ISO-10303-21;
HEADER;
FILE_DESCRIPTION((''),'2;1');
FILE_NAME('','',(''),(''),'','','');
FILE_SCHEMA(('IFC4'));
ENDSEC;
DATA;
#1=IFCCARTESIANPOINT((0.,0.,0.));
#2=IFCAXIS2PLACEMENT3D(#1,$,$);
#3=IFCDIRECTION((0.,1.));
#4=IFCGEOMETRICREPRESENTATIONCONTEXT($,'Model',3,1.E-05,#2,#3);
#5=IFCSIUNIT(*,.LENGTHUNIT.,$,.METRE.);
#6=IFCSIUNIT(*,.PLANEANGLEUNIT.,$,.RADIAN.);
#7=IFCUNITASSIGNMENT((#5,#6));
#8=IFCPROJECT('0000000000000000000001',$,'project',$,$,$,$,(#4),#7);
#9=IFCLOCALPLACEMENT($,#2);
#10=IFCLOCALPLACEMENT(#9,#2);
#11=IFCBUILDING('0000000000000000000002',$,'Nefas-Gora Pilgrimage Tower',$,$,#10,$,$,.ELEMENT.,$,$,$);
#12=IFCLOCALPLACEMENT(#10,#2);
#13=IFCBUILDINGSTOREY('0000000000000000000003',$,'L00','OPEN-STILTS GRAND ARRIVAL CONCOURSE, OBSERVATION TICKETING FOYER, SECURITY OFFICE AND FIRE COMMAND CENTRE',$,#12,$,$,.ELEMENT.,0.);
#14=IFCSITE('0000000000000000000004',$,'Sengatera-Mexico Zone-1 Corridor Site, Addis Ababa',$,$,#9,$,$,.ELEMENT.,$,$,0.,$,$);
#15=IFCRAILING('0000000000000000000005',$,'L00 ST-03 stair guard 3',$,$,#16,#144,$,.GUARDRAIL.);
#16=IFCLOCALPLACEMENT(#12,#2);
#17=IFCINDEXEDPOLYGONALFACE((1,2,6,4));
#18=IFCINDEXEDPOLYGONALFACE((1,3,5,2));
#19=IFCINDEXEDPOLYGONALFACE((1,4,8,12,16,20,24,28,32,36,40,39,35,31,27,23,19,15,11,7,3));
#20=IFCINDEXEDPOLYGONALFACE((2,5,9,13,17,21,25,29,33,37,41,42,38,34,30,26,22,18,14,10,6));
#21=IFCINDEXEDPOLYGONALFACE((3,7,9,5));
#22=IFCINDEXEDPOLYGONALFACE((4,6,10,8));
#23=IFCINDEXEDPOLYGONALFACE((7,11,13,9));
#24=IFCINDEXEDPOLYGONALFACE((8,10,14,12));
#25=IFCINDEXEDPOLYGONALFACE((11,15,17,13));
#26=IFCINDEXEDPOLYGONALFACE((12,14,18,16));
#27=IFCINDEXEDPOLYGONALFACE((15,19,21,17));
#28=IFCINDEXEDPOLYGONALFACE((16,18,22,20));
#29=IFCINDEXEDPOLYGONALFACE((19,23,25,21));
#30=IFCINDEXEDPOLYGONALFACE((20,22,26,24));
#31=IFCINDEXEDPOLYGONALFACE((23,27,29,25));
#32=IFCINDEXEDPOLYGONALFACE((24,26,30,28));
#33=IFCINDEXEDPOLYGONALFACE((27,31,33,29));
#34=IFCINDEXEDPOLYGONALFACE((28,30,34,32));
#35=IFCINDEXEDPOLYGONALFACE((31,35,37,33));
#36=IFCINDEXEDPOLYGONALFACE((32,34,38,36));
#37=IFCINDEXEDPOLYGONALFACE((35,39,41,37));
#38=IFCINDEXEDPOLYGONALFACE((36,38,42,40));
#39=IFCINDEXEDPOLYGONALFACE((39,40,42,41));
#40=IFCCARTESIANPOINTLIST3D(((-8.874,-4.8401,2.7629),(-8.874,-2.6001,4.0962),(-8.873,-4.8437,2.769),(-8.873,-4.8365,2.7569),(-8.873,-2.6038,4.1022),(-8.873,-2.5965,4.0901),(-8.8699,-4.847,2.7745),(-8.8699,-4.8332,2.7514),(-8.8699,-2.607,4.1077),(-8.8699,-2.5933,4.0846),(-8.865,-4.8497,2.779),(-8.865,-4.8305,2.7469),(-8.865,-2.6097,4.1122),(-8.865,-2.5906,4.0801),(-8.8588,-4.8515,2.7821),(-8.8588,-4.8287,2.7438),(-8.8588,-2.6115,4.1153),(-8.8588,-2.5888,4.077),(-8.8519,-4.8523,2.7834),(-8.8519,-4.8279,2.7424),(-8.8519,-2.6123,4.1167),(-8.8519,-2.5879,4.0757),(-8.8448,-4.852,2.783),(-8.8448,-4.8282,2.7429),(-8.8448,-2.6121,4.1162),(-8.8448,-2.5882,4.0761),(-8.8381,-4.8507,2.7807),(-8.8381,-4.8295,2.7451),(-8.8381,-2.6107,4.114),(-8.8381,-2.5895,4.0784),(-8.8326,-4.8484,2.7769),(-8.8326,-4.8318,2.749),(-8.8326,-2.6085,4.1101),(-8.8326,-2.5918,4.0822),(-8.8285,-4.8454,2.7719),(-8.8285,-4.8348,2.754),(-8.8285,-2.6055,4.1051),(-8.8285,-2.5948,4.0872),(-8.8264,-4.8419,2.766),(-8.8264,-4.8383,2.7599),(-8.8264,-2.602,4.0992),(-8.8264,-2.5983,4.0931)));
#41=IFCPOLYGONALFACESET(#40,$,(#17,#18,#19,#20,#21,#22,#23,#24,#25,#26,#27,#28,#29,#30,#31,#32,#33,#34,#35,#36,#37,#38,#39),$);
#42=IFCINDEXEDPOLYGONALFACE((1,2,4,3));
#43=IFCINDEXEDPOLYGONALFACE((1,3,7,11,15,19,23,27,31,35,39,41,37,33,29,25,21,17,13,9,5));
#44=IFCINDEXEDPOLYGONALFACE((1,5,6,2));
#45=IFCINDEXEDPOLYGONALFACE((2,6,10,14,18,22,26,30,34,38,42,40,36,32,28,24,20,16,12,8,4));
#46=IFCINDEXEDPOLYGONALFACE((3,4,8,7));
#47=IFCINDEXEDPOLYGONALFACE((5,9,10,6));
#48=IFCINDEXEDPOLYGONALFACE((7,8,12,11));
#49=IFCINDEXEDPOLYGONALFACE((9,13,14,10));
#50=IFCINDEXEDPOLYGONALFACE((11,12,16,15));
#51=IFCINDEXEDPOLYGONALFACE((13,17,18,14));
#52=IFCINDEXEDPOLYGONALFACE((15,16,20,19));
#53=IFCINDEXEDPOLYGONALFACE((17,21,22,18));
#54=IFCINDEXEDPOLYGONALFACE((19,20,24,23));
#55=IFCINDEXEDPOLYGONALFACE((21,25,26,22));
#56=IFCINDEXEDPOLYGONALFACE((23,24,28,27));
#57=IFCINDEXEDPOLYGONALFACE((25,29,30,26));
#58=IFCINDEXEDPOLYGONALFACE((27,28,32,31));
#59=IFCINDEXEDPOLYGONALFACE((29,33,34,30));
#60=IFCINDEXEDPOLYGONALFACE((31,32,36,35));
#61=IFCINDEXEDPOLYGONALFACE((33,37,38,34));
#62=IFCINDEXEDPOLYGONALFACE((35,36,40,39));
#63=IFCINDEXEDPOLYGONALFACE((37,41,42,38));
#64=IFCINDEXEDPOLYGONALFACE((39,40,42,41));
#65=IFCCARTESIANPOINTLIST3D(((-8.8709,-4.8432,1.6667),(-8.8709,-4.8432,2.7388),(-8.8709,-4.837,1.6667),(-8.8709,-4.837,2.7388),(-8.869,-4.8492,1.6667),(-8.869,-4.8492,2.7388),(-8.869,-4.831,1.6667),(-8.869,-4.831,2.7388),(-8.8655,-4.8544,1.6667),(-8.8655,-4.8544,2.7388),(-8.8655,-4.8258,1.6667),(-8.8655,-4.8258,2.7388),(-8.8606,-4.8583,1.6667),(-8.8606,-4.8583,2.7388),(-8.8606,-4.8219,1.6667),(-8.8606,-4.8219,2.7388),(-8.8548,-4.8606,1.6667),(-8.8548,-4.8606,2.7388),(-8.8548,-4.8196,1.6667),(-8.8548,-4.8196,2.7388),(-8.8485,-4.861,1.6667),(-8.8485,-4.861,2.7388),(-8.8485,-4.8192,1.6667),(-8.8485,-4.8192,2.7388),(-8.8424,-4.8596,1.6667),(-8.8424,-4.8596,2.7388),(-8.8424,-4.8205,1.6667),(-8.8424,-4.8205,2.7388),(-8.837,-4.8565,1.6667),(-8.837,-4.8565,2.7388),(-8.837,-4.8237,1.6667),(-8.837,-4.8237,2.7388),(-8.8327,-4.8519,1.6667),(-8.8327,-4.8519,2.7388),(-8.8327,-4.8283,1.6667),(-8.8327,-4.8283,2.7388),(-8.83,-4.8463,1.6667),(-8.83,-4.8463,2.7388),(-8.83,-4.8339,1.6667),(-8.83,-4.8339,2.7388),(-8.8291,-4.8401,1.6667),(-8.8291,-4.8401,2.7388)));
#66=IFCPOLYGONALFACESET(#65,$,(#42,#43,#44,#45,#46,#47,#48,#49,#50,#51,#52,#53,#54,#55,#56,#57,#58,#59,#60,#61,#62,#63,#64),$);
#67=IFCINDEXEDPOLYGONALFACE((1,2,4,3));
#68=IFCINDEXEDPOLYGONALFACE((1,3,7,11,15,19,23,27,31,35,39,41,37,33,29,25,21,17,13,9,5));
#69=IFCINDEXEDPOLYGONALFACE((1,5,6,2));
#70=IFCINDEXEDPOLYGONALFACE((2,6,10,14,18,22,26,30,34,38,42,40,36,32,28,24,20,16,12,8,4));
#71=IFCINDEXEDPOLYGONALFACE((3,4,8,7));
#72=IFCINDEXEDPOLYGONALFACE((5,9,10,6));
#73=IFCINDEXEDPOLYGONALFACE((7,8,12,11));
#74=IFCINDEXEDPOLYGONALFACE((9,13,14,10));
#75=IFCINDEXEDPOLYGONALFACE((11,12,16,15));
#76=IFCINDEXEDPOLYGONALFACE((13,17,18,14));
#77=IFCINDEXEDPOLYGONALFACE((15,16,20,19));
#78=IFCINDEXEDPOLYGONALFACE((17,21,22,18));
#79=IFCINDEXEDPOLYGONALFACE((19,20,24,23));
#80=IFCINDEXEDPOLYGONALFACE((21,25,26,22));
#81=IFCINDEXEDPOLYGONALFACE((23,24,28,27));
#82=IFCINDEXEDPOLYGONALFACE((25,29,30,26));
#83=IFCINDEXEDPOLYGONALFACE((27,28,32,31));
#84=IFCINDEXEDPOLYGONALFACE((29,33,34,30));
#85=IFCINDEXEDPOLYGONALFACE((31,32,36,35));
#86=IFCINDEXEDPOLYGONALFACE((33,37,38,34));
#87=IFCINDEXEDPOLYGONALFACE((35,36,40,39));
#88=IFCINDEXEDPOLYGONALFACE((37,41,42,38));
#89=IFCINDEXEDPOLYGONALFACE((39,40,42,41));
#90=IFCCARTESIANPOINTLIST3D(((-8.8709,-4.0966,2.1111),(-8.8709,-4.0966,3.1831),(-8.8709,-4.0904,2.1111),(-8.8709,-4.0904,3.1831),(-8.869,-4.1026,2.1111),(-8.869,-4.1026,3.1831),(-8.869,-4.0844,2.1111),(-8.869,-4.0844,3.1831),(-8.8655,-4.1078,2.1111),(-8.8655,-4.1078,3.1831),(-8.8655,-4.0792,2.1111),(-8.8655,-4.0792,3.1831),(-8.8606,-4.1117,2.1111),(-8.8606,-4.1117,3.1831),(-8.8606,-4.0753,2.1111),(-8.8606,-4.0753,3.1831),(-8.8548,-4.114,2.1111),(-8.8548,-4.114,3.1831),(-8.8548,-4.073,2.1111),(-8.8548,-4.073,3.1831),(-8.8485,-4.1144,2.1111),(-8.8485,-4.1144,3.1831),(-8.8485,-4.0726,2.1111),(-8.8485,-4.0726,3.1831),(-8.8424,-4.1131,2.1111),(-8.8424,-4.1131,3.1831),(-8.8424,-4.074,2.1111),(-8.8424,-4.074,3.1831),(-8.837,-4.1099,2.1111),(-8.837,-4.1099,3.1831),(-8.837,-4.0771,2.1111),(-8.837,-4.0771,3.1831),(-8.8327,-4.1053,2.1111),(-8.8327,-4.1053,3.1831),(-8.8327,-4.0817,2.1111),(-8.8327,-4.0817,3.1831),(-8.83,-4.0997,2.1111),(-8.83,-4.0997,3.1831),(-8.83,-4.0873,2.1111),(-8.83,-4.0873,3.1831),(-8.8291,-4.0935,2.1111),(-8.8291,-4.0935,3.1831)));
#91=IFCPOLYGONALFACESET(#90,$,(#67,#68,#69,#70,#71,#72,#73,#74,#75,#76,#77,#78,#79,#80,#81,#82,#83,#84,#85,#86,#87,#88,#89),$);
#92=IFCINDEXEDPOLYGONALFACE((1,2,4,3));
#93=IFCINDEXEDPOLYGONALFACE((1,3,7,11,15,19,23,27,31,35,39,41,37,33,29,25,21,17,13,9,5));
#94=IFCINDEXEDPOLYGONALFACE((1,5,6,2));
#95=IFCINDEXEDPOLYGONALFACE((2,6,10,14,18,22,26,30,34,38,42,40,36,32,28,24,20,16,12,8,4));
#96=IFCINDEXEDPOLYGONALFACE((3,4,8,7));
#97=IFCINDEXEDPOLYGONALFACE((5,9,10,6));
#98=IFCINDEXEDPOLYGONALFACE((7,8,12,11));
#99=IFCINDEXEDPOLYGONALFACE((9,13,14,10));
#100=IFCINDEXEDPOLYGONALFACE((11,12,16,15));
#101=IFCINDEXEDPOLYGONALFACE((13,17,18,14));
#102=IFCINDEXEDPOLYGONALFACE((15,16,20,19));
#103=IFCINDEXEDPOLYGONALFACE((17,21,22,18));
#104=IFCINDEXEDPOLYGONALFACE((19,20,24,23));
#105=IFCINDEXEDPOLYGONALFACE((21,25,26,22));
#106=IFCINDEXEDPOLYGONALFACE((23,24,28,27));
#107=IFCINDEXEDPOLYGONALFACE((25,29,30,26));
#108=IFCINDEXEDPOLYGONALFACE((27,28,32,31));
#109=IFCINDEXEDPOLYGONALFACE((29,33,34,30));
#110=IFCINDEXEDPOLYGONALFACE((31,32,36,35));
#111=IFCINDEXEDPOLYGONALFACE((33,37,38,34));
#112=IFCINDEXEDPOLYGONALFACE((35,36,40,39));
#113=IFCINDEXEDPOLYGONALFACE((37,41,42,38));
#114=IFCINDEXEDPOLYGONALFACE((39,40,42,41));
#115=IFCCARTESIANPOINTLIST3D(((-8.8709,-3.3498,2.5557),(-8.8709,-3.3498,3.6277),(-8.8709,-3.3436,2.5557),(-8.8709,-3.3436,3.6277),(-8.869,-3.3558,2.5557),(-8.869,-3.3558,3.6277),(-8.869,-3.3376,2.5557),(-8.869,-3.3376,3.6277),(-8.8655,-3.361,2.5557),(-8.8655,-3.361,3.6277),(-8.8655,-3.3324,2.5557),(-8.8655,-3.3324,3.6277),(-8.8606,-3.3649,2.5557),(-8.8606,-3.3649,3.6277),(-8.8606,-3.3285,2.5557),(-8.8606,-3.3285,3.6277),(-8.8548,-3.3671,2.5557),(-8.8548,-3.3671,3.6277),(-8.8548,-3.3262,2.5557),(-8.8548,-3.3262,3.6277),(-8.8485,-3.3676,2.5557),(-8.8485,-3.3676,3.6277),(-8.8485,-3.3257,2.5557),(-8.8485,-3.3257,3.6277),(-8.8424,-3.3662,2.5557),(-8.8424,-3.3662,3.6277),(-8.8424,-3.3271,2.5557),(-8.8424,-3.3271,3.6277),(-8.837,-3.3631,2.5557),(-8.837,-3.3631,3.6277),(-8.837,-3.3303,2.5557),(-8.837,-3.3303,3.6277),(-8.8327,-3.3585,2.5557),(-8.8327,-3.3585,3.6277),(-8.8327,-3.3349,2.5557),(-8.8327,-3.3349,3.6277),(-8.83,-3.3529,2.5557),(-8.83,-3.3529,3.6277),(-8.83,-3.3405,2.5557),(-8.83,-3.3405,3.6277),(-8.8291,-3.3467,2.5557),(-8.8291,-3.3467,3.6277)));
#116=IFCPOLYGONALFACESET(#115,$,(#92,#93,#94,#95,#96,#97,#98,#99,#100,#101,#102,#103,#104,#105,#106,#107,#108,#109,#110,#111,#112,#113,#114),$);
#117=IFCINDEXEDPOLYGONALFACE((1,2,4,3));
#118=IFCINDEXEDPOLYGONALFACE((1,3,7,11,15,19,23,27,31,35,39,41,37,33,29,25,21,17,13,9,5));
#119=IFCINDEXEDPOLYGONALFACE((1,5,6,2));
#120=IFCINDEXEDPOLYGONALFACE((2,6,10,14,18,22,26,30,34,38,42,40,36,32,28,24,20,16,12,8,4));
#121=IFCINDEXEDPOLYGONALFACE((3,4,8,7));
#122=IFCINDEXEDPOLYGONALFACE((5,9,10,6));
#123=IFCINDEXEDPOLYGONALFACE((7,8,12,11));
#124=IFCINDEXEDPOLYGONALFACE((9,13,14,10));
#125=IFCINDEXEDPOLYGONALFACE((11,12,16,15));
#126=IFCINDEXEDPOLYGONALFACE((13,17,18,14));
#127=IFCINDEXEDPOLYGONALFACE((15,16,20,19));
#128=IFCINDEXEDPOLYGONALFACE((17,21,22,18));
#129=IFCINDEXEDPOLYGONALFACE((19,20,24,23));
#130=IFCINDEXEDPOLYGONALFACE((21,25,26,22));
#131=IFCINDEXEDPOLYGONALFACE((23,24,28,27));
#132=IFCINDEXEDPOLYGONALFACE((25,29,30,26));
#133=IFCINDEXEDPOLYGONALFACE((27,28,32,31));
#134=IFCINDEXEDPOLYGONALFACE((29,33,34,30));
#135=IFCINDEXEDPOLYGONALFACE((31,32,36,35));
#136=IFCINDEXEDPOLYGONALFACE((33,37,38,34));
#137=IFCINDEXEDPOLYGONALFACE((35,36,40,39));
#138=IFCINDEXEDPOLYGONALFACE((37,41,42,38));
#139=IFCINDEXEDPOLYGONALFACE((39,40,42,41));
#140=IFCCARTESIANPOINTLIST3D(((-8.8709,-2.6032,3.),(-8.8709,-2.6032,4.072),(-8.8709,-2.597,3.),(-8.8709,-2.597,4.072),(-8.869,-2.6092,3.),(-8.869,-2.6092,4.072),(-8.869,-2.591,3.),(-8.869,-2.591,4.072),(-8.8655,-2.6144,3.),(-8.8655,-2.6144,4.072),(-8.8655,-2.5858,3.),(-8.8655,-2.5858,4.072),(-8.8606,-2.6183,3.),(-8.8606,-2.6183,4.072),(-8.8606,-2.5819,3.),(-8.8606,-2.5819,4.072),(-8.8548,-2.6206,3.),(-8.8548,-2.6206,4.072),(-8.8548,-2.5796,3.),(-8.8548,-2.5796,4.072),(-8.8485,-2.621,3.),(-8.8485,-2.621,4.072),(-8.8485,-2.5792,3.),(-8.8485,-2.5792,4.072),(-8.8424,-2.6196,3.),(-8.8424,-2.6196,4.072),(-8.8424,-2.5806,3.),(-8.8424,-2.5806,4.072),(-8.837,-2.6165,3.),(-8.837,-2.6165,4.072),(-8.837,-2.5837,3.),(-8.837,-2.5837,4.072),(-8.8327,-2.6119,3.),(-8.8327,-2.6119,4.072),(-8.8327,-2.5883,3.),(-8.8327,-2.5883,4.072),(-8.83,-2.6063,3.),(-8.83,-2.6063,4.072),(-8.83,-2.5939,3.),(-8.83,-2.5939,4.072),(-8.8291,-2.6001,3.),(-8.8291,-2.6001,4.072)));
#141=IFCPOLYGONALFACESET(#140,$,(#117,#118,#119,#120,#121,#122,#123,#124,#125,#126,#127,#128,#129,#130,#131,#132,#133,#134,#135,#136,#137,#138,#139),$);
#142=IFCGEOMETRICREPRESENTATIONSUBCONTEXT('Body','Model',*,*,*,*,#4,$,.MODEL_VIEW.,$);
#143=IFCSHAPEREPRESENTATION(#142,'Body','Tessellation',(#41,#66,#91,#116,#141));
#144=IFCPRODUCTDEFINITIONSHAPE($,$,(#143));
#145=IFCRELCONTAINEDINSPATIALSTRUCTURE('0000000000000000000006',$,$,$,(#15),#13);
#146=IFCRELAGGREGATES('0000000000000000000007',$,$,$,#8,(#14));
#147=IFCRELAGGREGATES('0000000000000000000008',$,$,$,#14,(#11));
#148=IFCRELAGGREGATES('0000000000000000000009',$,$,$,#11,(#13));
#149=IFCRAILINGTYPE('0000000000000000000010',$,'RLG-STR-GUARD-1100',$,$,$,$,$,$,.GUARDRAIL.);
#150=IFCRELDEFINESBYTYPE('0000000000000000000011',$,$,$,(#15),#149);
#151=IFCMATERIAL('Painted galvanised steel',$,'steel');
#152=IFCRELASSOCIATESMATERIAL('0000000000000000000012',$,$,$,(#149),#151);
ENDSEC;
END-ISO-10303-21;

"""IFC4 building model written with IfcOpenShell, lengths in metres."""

from ifc_helpers import new_model, si_unit, direction, frame, origin, origin_2d, place, context, subcontext, project, spatial, circle, extrude, material, type_object, element, save


model = new_model("IFC4")

# Units and contexts
model_context = context("Model", 3, precision=1e-05, world=origin(), true_north=direction((0.0, 1.0)))
body_context = subcontext(model_context, "Body", "Model", "MODEL_VIEW")
ifc_project = project(units=[si_unit("LENGTHUNIT", "METRE"), si_unit("PLANEANGLEUNIT", "RADIAN")], contexts=[model_context])

# Site, building, storey
site_placement = place(None, origin())
site = spatial("IfcSite", under=ifc_project, at=site_placement, Name="Sengatera-Mexico Zone-1 Corridor Site, Addis Ababa", CompositionType="ELEMENT", RefElevation=0.0)
building_placement = place(site_placement, origin())
building = spatial("IfcBuilding", under=site, at=building_placement, Name="Nefas-Gora Pilgrimage Tower", CompositionType="ELEMENT")
storey_placement = place(building_placement, origin())
storey = spatial("IfcBuildingStorey", under=building, at=storey_placement, Name="L00", Description="OPEN-STILTS GRAND ARRIVAL CONCOURSE, OBSERVATION TICKETING FOYER, SECURITY OFFICE AND FIRE COMMAND CENTRE", CompositionType="ELEMENT", Elevation=0.0)

# Railing
ifc_material_1 = material(Name="Painted galvanised steel", Category="steel")
railing_type_1 = type_object("IfcRailingType", Name="RLG-STR-GUARD-1100", PredefinedType="GUARDRAIL", material=ifc_material_1)
railing_1_placement = place(storey_placement, frame((-8.8501, -4.8401, 1.6667)))
element("IfcRailing", 1, at=railing_1_placement, inside=storey, type_object=railing_type_1, Name="L00 ST-03 stair guard 3", PredefinedType="GUARDRAIL", context=body_context, shape_type="SweptSolid", body=[
    extrude(circle(Radius=0.0239, at=origin_2d()), frame((0.0, 0.0, 1.0962), z_axis=(0.0, 0.859306, 0.511462), x_axis=(-1.0, 0.0, 0.0)), (0.0, 0.0, 1.0), 2.6067),
    extrude(circle(Radius=0.021, at=origin_2d()), origin(), (0.0, 0.0, 1.0), 1.072),
    extrude(circle(Radius=0.021, at=origin_2d()), frame((0.0, 0.7466, 0.4443)), (0.0, 0.0, 1.0), 1.072),
    extrude(circle(Radius=0.021, at=origin_2d()), frame((0.0, 1.4934, 0.8889)), (0.0, 0.0, 1.0), 1.072),
    extrude(circle(Radius=0.021, at=origin_2d()), frame((0.0, 2.24, 1.3333)), (0.0, 0.0, 1.0), 1.072),
])

save(model, "model.ifc")
